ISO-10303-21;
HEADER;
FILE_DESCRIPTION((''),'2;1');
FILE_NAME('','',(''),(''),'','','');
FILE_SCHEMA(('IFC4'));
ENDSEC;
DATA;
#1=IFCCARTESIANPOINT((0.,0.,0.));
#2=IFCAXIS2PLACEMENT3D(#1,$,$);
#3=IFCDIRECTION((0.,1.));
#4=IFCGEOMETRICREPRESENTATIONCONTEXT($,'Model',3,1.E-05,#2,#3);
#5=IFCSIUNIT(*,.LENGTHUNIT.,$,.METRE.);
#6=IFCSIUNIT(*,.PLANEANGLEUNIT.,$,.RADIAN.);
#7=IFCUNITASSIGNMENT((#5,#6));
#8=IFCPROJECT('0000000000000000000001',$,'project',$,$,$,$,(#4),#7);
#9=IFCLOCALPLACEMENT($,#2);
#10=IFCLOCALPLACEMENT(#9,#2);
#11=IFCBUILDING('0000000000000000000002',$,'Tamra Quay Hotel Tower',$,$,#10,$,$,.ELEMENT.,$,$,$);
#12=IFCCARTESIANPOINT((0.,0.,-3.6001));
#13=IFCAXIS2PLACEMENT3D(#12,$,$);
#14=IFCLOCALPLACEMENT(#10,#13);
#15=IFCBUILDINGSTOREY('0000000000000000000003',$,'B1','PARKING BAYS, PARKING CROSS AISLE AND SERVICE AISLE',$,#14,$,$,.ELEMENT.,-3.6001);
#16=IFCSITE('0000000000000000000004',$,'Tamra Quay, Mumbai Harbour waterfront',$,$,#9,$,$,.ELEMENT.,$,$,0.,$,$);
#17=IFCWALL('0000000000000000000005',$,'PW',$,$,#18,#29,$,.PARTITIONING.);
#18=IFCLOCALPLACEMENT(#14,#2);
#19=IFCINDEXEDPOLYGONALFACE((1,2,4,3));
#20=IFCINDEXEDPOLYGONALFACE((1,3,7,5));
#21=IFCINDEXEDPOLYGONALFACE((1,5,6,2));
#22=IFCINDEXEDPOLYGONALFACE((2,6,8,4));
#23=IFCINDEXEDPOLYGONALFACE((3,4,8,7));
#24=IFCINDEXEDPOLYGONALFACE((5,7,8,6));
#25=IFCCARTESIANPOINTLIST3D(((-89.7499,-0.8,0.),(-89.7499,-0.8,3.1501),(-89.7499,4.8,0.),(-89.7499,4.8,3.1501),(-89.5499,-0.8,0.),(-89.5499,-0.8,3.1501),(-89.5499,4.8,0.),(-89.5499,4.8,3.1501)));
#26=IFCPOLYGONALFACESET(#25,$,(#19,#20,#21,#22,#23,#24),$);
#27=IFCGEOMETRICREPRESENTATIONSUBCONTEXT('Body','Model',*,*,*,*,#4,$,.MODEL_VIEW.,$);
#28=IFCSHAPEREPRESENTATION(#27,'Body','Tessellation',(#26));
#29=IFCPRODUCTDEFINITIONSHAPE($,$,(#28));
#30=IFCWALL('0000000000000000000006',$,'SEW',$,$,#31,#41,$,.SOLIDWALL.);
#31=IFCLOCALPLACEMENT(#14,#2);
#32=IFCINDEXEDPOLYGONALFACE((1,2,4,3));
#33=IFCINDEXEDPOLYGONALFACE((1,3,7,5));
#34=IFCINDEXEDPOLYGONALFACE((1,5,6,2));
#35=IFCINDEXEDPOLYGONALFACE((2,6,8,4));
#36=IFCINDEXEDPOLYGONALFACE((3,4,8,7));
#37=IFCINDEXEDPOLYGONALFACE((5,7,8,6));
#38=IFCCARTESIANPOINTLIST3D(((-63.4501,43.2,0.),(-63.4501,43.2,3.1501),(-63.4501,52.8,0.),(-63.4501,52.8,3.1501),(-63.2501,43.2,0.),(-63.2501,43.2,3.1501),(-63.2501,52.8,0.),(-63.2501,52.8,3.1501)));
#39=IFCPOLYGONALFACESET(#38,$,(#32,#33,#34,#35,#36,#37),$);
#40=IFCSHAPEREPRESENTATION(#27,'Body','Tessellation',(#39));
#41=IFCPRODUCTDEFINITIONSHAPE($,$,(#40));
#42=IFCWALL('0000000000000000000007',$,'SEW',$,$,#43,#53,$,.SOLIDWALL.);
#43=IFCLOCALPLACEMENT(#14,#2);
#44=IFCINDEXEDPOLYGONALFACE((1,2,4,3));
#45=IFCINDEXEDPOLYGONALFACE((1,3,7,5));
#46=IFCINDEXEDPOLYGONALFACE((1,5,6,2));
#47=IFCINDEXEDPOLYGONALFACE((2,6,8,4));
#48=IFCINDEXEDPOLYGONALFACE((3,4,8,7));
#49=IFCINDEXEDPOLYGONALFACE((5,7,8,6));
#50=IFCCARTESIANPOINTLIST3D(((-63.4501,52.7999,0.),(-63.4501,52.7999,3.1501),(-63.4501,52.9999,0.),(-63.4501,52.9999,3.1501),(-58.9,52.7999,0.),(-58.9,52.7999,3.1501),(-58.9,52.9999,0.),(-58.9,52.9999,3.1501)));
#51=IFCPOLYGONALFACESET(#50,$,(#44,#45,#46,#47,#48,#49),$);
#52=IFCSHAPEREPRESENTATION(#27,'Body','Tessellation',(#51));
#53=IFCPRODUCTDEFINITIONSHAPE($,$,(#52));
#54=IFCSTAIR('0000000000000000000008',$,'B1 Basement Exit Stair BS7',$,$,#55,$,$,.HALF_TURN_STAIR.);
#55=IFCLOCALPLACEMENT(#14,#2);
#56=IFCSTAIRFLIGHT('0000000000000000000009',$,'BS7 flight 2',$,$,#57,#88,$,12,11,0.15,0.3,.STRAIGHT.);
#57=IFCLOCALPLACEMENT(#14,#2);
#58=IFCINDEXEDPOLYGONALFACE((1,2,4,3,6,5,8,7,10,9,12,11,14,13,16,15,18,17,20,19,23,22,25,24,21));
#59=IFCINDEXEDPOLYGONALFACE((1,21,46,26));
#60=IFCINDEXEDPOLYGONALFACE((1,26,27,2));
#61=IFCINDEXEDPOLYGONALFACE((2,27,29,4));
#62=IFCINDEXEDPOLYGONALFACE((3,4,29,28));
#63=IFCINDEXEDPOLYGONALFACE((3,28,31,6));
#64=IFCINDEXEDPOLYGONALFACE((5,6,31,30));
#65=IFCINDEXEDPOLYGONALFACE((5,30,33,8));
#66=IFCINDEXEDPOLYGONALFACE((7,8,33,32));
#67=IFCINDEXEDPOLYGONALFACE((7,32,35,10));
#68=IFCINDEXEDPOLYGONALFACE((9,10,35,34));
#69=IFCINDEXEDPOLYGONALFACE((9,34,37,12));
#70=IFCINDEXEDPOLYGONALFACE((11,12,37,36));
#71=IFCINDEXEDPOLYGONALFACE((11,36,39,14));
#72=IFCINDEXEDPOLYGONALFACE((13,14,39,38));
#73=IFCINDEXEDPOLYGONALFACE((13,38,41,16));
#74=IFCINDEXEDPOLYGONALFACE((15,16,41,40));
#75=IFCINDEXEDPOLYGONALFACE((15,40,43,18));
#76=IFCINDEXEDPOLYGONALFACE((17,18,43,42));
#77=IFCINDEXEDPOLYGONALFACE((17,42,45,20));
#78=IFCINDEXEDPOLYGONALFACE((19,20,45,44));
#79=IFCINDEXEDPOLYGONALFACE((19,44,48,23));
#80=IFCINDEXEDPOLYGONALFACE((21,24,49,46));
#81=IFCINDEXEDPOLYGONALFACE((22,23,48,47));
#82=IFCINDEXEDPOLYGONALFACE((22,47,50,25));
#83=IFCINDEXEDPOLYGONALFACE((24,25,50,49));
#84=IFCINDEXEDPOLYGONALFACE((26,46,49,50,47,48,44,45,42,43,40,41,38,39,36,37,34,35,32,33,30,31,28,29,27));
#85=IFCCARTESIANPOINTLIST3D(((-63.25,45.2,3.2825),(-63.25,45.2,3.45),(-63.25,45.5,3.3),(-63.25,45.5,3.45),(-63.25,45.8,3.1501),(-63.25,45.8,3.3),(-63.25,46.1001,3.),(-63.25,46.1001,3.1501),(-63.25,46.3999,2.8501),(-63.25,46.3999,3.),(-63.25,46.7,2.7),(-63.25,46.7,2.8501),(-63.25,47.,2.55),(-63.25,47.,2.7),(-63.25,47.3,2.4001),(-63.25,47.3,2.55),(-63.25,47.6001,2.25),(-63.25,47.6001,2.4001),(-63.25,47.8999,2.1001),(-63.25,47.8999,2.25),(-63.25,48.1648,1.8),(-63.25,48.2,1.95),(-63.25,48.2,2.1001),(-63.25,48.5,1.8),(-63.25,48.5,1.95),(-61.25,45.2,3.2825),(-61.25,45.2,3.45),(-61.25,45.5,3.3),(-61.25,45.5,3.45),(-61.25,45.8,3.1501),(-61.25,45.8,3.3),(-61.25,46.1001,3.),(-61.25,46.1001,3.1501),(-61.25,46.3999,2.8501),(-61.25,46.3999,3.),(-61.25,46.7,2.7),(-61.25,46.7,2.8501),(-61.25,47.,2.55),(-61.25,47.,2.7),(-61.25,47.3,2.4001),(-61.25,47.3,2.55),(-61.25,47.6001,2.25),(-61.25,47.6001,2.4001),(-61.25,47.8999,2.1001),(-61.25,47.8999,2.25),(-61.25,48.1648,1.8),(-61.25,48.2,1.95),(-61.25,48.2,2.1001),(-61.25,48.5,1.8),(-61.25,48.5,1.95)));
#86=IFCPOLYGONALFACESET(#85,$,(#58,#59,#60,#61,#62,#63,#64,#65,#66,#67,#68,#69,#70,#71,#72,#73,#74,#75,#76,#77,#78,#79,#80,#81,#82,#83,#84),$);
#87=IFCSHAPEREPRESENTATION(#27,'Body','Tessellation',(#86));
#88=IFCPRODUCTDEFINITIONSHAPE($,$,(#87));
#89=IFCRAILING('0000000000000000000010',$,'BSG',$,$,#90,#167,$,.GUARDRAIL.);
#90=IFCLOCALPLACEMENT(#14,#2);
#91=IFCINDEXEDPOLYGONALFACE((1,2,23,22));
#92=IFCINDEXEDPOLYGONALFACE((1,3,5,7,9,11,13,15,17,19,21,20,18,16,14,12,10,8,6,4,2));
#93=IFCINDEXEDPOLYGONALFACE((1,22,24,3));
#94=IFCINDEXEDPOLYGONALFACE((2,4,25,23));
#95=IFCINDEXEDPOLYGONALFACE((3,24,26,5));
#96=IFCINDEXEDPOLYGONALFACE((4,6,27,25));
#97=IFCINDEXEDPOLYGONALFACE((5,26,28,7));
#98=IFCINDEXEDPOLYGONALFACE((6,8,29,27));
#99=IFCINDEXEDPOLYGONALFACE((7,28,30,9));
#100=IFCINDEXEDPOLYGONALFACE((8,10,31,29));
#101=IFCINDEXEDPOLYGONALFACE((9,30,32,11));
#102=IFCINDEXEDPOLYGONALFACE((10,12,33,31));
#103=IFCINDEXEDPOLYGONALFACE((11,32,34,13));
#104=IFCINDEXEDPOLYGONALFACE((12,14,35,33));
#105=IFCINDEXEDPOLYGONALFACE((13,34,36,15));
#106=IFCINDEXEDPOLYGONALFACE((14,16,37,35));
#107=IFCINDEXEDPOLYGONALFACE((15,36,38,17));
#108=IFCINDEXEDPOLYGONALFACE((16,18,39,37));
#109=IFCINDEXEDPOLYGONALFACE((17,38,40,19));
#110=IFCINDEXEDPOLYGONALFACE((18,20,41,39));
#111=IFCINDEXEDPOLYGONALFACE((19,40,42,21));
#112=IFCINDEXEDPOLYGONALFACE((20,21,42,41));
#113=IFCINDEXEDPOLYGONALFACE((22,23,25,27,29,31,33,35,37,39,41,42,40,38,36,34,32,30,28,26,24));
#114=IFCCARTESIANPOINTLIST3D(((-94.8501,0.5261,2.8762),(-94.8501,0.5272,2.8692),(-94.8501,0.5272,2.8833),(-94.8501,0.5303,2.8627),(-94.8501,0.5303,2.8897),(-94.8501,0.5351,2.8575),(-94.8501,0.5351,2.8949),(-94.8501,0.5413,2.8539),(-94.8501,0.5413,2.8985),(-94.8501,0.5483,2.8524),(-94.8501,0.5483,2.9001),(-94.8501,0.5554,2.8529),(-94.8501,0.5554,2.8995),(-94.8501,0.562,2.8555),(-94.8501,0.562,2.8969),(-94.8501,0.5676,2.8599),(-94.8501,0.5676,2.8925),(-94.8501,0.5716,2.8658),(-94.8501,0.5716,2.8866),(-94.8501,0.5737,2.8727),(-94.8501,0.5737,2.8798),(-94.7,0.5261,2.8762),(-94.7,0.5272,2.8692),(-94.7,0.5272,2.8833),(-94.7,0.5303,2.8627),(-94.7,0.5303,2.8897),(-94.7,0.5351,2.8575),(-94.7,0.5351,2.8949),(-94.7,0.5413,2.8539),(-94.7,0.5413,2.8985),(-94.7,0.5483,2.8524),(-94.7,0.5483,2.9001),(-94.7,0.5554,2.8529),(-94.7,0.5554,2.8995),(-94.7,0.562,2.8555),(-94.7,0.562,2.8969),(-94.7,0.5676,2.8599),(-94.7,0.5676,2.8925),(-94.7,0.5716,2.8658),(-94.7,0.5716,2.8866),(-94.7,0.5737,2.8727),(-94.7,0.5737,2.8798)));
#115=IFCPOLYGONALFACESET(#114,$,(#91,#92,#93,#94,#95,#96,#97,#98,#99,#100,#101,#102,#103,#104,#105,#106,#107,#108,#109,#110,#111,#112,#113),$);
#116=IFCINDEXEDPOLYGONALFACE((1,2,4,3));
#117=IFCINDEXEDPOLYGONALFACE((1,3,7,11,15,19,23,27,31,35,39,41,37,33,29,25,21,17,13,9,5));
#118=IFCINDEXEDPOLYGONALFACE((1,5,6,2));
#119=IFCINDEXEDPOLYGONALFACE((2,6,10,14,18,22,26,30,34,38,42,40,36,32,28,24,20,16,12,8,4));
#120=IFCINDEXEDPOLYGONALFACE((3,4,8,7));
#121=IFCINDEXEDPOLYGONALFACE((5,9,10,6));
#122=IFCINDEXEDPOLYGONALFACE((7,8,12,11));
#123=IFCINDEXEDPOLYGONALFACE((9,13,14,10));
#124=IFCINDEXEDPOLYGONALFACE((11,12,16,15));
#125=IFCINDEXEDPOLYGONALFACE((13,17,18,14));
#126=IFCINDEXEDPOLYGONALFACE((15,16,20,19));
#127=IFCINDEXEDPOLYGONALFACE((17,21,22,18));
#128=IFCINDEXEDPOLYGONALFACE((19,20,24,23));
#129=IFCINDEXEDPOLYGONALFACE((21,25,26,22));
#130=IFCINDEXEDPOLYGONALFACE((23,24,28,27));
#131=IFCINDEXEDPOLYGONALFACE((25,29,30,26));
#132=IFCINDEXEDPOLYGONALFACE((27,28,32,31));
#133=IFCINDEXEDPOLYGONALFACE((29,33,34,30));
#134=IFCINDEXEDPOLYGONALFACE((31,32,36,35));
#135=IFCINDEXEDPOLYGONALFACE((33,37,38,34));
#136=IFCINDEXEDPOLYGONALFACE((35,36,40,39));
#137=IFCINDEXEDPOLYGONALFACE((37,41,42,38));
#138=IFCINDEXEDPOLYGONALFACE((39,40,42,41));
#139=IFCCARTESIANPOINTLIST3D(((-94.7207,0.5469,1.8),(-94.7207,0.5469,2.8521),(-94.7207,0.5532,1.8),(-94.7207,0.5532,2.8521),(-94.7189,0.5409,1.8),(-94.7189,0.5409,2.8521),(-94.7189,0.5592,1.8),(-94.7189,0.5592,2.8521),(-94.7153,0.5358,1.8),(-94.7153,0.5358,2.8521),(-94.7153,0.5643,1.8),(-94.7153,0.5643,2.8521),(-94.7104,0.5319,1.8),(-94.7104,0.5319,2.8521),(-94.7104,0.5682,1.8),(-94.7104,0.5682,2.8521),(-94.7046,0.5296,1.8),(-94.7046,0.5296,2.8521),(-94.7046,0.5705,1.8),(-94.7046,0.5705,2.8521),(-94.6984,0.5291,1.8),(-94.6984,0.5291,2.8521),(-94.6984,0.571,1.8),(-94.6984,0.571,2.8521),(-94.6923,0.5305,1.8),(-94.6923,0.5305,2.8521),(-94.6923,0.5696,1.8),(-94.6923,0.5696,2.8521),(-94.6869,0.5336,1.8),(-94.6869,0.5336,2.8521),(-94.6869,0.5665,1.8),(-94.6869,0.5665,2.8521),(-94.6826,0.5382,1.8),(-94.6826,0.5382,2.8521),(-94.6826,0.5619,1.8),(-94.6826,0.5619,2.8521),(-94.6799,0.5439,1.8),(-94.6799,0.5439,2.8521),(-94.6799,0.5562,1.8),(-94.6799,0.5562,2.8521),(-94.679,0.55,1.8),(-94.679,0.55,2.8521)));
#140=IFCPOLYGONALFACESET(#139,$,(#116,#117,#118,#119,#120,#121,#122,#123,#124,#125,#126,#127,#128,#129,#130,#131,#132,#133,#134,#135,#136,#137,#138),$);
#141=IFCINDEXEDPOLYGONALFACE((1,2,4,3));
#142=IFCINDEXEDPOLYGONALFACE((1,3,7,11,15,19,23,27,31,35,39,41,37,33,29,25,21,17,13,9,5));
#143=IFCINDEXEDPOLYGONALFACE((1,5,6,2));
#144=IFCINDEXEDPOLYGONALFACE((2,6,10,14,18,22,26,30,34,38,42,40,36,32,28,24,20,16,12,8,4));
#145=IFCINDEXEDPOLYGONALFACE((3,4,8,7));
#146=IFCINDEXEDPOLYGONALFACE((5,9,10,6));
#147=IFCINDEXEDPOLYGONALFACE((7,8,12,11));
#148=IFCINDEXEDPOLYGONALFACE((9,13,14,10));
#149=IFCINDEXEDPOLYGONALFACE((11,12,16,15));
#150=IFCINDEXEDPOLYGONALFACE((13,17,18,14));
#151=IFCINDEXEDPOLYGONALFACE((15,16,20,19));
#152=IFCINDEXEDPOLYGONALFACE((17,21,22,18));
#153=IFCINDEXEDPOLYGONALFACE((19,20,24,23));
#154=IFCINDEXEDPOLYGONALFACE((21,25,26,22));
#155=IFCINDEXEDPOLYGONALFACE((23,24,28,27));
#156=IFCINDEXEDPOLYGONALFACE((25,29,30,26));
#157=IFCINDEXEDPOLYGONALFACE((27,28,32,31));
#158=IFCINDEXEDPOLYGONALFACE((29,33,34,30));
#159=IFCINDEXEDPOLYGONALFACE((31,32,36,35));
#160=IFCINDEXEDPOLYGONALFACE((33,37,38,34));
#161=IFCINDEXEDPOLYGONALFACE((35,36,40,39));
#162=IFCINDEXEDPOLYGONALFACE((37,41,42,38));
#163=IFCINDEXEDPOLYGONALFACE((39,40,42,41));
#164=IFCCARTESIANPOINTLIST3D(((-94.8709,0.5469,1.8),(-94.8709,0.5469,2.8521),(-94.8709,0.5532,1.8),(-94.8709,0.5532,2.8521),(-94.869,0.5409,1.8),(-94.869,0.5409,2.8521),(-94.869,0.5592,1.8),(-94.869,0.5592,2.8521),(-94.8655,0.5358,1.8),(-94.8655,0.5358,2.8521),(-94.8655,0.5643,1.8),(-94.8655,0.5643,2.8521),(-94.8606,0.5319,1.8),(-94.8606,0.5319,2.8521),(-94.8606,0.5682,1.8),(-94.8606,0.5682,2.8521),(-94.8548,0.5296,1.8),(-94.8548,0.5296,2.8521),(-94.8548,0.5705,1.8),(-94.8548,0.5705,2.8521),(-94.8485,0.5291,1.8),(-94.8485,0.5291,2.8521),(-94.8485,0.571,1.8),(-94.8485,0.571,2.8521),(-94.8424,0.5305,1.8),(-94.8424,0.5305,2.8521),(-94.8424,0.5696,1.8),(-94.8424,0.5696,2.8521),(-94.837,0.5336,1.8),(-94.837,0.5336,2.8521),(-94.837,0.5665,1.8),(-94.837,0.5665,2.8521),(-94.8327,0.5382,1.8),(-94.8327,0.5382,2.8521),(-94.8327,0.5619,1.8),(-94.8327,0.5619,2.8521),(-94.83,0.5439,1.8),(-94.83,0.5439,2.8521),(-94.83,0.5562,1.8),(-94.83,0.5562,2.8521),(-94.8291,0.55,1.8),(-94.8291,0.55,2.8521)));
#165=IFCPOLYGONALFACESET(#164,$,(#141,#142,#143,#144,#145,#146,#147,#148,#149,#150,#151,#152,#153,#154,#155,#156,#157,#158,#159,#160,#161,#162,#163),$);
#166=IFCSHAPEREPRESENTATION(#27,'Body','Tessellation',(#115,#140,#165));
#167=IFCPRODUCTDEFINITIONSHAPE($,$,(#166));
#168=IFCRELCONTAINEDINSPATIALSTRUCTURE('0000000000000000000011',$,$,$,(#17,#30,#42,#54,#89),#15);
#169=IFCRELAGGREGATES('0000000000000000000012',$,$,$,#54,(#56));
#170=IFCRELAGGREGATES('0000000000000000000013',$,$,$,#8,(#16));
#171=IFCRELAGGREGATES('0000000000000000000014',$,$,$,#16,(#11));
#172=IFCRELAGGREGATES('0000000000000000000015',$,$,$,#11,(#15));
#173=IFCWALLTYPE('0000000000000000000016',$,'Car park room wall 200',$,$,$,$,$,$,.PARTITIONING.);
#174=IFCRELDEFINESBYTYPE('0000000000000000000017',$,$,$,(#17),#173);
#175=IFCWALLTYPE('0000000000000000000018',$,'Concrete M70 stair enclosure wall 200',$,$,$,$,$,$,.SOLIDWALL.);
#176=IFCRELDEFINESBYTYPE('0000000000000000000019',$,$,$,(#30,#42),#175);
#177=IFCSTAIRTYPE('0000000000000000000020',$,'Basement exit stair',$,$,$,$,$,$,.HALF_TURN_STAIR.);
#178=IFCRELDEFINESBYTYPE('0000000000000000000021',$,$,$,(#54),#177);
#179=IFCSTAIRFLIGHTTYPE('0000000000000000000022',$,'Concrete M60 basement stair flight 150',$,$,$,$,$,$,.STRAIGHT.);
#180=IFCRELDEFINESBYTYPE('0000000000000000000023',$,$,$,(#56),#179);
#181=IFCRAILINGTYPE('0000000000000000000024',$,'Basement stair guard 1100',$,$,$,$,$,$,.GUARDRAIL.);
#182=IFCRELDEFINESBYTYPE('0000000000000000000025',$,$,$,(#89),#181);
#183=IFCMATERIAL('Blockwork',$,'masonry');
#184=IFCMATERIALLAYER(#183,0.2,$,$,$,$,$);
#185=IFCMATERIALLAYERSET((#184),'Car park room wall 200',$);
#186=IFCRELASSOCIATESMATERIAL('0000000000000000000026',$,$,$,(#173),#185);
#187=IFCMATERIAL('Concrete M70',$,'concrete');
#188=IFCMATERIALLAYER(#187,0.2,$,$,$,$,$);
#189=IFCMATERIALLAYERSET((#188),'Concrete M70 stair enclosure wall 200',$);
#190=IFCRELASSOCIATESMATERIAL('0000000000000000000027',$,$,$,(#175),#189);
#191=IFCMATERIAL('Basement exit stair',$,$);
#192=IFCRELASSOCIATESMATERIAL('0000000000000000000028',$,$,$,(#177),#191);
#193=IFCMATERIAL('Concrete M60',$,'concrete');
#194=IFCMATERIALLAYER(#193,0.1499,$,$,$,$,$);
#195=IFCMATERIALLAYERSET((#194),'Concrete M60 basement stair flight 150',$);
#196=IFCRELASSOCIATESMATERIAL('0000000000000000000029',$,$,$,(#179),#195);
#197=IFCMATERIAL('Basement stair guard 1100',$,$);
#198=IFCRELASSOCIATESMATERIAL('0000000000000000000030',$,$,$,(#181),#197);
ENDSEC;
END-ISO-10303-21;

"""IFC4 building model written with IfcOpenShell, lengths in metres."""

from ifc_helpers import new_model, si_unit, direction, frame, frame_2d, origin, origin_2d, place, context, subcontext, project, spatial, polyline, rectangle, circle, outline, extrude, material, layer, layer_set, type_object, element, aggregate, save


model = new_model("IFC4")

# Units and contexts
model_context = context("Model", 3, precision=1e-05, world=origin(), true_north=direction((0.0, 1.0)))
body_context = subcontext(model_context, "Body", "Model", "MODEL_VIEW")
ifc_project = project(units=[si_unit("LENGTHUNIT", "METRE"), si_unit("PLANEANGLEUNIT", "RADIAN")], contexts=[model_context])

# Site, building, storey
site_placement = place(None, origin())
site = spatial("IfcSite", under=ifc_project, at=site_placement, Name="Tamra Quay, Mumbai Harbour waterfront", CompositionType="ELEMENT", RefElevation=0.0)
building_placement = place(site_placement, origin())
building = spatial("IfcBuilding", under=site, at=building_placement, Name="Tamra Quay Hotel Tower", CompositionType="ELEMENT")
storey_placement = place(building_placement, frame((0.0, 0.0, -3.6001)))
storey = spatial("IfcBuildingStorey", under=building, at=storey_placement, Name="B1", Description="PARKING BAYS, PARKING CROSS AISLE AND SERVICE AISLE", CompositionType="ELEMENT", Elevation=-3.6001)

# Shared definitions
ifc_material_1 = material(Name="Concrete M70", Category="concrete")

# Shared definitions
ifc_material_2 = material(Name="Blockwork", Category="masonry")
ifc_layer_1 = layer(ifc_material_2, 0.2)
ifc_layer_set_1 = layer_set([ifc_layer_1], Name="Car park room wall 200")
wall_type_1 = type_object("IfcWallType", Name="Car park room wall 200", PredefinedType="PARTITIONING", material=ifc_layer_set_1)

# Walls
wall_1_placement = place(storey_placement, frame((-89.6499, -0.8, 0.0), z_axis=(0.0, 0.0, 1.0), x_axis=(0.0, 1.0, 0.0)))
element("IfcWall", 1, at=wall_1_placement, inside=storey, type_object=wall_type_1, Name="PW", PredefinedType="PARTITIONING", context=body_context, shape_type="SweptSolid", body=[
    extrude(rectangle(XDim=5.6001, YDim=0.2, at=frame_2d((2.8, 0.0))), origin(), (0.0, 0.0, 1.0), 3.1501),
])
ifc_layer_2 = layer(ifc_material_1, 0.2)
ifc_layer_set_2 = layer_set([ifc_layer_2], Name="Concrete M70 stair enclosure wall 200")
wall_type_2 = type_object("IfcWallType", Name="Concrete M70 stair enclosure wall 200", PredefinedType="SOLIDWALL", material=ifc_layer_set_2)
wall_2_placement = place(storey_placement, frame((-63.3501, 43.2, 0.0), z_axis=(0.0, 0.0, 1.0), x_axis=(0.0, 1.0, 0.0)))
element("IfcWall", 2, at=wall_2_placement, inside=storey, type_object=wall_type_2, Name="SEW", PredefinedType="SOLIDWALL", context=body_context, shape_type="SweptSolid", body=[
    extrude(rectangle(XDim=9.6001, YDim=0.2, at=frame_2d((4.8, 0.0))), origin(), (0.0, 0.0, 1.0), 3.1501),
])
wall_3_placement = place(storey_placement, frame((-63.45, 52.8999, 0.0), z_axis=(0.0, 0.0, 1.0), x_axis=(1.0, 0.0, 0.0)))
element("IfcWall", 3, at=wall_3_placement, inside=storey, type_object=wall_type_2, Name="SEW", PredefinedType="SOLIDWALL", context=body_context, shape_type="SweptSolid", body=[
    extrude(rectangle(XDim=4.55, YDim=0.2, at=frame_2d((2.2749, 0.0))), origin(), (0.0, 0.0, 1.0), 3.1501),
])

# Stair, stair flight
ifc_material_3 = material(Name="Basement exit stair")
stair_type = type_object("IfcStairType", Name="Basement exit stair", PredefinedType="HALF_TURN_STAIR", material=ifc_material_3)
stair_placement = place(storey_placement, origin())
stair = element("IfcStair", 4, at=stair_placement, inside=storey, type_object=stair_type, Name="B1 Basement Exit Stair BS7", PredefinedType="HALF_TURN_STAIR")
ifc_material_4 = material(Name="Concrete M60", Category="concrete")
ifc_layer_3 = layer(ifc_material_4, 0.1499)
ifc_layer_set_3 = layer_set([ifc_layer_3], Name="Concrete M60 basement stair flight 150")
stair_flight_type = type_object("IfcStairFlightType", Name="Concrete M60 basement stair flight 150", PredefinedType="STRAIGHT", material=ifc_layer_set_3)
stair_flight_placement = place(storey_placement, frame((-62.25, 48.5, 1.8), z_axis=(0.0, 0.0, 1.0), x_axis=(0.0, -1.0, 0.0)))
stair_flight = element("IfcStairFlight", 5, at=stair_flight_placement, type_object=stair_flight_type, Name="BS7 flight 2", NumberOfRisers=12, NumberOfTreads=11, PredefinedType="STRAIGHT", RiserHeight=0.15, TreadLength=0.3, context=body_context, shape_type="SweptSolid", body=[
    extrude(outline(polyline([(0.0, 0.0), (0.0, 0.1499), (0.3, 0.1499), (0.3, 0.3), (0.6001, 0.3), (0.6001, 0.45), (0.8999, 0.45), (0.8999, 0.6001), (1.2, 0.6001), (1.2, 0.75), (1.5, 0.75), (1.5, 0.8999), (1.8, 0.8999), (1.8, 1.05), (2.1001, 1.05), (2.1001, 1.2), (2.3999, 1.2), (2.3999, 1.3501), (2.7, 1.3501), (2.7, 1.5), (3.0, 1.5), (3.0, 1.6499), (3.3, 1.6499), (3.3, 1.8), (3.3, 1.4824), (0.3352, 0.0), (0.0, 0.0)])), frame((0.0, 1.0, 0.0), z_axis=(0.0, -1.0, 0.0), x_axis=(1.0, 0.0, 0.0)), (0.0, 0.0, 1.0), 2.0),
])
aggregate(stair, [stair_flight])

# Railing
ifc_material_5 = material(Name="Basement stair guard 1100")
railing_type_1 = type_object("IfcRailingType", Name="Basement stair guard 1100", PredefinedType="GUARDRAIL", material=ifc_material_5)
railing_1_placement = place(storey_placement, frame((-94.7, 0.55, 1.8)))
element("IfcRailing", 6, at=railing_1_placement, inside=storey, type_object=railing_type_1, Name="BSG", PredefinedType="GUARDRAIL", context=body_context, shape_type="SweptSolid", body=[
    extrude(circle(Radius=0.0239, at=origin_2d()), frame((0.0, 0.0, 1.0762), z_axis=(-1.0, 0.0, 0.0), x_axis=(0.0, -1.0, 0.0)), (0.0, 0.0, 1.0), 0.1501),
    extrude(circle(Radius=0.021, at=origin_2d()), origin(), (0.0, 0.0, 1.0), 1.052),
    extrude(circle(Radius=0.021, at=origin_2d()), frame((-0.1501, 0.0, 0.0)), (0.0, 0.0, 1.0), 1.052),
])

save(model, "model.ifc")
